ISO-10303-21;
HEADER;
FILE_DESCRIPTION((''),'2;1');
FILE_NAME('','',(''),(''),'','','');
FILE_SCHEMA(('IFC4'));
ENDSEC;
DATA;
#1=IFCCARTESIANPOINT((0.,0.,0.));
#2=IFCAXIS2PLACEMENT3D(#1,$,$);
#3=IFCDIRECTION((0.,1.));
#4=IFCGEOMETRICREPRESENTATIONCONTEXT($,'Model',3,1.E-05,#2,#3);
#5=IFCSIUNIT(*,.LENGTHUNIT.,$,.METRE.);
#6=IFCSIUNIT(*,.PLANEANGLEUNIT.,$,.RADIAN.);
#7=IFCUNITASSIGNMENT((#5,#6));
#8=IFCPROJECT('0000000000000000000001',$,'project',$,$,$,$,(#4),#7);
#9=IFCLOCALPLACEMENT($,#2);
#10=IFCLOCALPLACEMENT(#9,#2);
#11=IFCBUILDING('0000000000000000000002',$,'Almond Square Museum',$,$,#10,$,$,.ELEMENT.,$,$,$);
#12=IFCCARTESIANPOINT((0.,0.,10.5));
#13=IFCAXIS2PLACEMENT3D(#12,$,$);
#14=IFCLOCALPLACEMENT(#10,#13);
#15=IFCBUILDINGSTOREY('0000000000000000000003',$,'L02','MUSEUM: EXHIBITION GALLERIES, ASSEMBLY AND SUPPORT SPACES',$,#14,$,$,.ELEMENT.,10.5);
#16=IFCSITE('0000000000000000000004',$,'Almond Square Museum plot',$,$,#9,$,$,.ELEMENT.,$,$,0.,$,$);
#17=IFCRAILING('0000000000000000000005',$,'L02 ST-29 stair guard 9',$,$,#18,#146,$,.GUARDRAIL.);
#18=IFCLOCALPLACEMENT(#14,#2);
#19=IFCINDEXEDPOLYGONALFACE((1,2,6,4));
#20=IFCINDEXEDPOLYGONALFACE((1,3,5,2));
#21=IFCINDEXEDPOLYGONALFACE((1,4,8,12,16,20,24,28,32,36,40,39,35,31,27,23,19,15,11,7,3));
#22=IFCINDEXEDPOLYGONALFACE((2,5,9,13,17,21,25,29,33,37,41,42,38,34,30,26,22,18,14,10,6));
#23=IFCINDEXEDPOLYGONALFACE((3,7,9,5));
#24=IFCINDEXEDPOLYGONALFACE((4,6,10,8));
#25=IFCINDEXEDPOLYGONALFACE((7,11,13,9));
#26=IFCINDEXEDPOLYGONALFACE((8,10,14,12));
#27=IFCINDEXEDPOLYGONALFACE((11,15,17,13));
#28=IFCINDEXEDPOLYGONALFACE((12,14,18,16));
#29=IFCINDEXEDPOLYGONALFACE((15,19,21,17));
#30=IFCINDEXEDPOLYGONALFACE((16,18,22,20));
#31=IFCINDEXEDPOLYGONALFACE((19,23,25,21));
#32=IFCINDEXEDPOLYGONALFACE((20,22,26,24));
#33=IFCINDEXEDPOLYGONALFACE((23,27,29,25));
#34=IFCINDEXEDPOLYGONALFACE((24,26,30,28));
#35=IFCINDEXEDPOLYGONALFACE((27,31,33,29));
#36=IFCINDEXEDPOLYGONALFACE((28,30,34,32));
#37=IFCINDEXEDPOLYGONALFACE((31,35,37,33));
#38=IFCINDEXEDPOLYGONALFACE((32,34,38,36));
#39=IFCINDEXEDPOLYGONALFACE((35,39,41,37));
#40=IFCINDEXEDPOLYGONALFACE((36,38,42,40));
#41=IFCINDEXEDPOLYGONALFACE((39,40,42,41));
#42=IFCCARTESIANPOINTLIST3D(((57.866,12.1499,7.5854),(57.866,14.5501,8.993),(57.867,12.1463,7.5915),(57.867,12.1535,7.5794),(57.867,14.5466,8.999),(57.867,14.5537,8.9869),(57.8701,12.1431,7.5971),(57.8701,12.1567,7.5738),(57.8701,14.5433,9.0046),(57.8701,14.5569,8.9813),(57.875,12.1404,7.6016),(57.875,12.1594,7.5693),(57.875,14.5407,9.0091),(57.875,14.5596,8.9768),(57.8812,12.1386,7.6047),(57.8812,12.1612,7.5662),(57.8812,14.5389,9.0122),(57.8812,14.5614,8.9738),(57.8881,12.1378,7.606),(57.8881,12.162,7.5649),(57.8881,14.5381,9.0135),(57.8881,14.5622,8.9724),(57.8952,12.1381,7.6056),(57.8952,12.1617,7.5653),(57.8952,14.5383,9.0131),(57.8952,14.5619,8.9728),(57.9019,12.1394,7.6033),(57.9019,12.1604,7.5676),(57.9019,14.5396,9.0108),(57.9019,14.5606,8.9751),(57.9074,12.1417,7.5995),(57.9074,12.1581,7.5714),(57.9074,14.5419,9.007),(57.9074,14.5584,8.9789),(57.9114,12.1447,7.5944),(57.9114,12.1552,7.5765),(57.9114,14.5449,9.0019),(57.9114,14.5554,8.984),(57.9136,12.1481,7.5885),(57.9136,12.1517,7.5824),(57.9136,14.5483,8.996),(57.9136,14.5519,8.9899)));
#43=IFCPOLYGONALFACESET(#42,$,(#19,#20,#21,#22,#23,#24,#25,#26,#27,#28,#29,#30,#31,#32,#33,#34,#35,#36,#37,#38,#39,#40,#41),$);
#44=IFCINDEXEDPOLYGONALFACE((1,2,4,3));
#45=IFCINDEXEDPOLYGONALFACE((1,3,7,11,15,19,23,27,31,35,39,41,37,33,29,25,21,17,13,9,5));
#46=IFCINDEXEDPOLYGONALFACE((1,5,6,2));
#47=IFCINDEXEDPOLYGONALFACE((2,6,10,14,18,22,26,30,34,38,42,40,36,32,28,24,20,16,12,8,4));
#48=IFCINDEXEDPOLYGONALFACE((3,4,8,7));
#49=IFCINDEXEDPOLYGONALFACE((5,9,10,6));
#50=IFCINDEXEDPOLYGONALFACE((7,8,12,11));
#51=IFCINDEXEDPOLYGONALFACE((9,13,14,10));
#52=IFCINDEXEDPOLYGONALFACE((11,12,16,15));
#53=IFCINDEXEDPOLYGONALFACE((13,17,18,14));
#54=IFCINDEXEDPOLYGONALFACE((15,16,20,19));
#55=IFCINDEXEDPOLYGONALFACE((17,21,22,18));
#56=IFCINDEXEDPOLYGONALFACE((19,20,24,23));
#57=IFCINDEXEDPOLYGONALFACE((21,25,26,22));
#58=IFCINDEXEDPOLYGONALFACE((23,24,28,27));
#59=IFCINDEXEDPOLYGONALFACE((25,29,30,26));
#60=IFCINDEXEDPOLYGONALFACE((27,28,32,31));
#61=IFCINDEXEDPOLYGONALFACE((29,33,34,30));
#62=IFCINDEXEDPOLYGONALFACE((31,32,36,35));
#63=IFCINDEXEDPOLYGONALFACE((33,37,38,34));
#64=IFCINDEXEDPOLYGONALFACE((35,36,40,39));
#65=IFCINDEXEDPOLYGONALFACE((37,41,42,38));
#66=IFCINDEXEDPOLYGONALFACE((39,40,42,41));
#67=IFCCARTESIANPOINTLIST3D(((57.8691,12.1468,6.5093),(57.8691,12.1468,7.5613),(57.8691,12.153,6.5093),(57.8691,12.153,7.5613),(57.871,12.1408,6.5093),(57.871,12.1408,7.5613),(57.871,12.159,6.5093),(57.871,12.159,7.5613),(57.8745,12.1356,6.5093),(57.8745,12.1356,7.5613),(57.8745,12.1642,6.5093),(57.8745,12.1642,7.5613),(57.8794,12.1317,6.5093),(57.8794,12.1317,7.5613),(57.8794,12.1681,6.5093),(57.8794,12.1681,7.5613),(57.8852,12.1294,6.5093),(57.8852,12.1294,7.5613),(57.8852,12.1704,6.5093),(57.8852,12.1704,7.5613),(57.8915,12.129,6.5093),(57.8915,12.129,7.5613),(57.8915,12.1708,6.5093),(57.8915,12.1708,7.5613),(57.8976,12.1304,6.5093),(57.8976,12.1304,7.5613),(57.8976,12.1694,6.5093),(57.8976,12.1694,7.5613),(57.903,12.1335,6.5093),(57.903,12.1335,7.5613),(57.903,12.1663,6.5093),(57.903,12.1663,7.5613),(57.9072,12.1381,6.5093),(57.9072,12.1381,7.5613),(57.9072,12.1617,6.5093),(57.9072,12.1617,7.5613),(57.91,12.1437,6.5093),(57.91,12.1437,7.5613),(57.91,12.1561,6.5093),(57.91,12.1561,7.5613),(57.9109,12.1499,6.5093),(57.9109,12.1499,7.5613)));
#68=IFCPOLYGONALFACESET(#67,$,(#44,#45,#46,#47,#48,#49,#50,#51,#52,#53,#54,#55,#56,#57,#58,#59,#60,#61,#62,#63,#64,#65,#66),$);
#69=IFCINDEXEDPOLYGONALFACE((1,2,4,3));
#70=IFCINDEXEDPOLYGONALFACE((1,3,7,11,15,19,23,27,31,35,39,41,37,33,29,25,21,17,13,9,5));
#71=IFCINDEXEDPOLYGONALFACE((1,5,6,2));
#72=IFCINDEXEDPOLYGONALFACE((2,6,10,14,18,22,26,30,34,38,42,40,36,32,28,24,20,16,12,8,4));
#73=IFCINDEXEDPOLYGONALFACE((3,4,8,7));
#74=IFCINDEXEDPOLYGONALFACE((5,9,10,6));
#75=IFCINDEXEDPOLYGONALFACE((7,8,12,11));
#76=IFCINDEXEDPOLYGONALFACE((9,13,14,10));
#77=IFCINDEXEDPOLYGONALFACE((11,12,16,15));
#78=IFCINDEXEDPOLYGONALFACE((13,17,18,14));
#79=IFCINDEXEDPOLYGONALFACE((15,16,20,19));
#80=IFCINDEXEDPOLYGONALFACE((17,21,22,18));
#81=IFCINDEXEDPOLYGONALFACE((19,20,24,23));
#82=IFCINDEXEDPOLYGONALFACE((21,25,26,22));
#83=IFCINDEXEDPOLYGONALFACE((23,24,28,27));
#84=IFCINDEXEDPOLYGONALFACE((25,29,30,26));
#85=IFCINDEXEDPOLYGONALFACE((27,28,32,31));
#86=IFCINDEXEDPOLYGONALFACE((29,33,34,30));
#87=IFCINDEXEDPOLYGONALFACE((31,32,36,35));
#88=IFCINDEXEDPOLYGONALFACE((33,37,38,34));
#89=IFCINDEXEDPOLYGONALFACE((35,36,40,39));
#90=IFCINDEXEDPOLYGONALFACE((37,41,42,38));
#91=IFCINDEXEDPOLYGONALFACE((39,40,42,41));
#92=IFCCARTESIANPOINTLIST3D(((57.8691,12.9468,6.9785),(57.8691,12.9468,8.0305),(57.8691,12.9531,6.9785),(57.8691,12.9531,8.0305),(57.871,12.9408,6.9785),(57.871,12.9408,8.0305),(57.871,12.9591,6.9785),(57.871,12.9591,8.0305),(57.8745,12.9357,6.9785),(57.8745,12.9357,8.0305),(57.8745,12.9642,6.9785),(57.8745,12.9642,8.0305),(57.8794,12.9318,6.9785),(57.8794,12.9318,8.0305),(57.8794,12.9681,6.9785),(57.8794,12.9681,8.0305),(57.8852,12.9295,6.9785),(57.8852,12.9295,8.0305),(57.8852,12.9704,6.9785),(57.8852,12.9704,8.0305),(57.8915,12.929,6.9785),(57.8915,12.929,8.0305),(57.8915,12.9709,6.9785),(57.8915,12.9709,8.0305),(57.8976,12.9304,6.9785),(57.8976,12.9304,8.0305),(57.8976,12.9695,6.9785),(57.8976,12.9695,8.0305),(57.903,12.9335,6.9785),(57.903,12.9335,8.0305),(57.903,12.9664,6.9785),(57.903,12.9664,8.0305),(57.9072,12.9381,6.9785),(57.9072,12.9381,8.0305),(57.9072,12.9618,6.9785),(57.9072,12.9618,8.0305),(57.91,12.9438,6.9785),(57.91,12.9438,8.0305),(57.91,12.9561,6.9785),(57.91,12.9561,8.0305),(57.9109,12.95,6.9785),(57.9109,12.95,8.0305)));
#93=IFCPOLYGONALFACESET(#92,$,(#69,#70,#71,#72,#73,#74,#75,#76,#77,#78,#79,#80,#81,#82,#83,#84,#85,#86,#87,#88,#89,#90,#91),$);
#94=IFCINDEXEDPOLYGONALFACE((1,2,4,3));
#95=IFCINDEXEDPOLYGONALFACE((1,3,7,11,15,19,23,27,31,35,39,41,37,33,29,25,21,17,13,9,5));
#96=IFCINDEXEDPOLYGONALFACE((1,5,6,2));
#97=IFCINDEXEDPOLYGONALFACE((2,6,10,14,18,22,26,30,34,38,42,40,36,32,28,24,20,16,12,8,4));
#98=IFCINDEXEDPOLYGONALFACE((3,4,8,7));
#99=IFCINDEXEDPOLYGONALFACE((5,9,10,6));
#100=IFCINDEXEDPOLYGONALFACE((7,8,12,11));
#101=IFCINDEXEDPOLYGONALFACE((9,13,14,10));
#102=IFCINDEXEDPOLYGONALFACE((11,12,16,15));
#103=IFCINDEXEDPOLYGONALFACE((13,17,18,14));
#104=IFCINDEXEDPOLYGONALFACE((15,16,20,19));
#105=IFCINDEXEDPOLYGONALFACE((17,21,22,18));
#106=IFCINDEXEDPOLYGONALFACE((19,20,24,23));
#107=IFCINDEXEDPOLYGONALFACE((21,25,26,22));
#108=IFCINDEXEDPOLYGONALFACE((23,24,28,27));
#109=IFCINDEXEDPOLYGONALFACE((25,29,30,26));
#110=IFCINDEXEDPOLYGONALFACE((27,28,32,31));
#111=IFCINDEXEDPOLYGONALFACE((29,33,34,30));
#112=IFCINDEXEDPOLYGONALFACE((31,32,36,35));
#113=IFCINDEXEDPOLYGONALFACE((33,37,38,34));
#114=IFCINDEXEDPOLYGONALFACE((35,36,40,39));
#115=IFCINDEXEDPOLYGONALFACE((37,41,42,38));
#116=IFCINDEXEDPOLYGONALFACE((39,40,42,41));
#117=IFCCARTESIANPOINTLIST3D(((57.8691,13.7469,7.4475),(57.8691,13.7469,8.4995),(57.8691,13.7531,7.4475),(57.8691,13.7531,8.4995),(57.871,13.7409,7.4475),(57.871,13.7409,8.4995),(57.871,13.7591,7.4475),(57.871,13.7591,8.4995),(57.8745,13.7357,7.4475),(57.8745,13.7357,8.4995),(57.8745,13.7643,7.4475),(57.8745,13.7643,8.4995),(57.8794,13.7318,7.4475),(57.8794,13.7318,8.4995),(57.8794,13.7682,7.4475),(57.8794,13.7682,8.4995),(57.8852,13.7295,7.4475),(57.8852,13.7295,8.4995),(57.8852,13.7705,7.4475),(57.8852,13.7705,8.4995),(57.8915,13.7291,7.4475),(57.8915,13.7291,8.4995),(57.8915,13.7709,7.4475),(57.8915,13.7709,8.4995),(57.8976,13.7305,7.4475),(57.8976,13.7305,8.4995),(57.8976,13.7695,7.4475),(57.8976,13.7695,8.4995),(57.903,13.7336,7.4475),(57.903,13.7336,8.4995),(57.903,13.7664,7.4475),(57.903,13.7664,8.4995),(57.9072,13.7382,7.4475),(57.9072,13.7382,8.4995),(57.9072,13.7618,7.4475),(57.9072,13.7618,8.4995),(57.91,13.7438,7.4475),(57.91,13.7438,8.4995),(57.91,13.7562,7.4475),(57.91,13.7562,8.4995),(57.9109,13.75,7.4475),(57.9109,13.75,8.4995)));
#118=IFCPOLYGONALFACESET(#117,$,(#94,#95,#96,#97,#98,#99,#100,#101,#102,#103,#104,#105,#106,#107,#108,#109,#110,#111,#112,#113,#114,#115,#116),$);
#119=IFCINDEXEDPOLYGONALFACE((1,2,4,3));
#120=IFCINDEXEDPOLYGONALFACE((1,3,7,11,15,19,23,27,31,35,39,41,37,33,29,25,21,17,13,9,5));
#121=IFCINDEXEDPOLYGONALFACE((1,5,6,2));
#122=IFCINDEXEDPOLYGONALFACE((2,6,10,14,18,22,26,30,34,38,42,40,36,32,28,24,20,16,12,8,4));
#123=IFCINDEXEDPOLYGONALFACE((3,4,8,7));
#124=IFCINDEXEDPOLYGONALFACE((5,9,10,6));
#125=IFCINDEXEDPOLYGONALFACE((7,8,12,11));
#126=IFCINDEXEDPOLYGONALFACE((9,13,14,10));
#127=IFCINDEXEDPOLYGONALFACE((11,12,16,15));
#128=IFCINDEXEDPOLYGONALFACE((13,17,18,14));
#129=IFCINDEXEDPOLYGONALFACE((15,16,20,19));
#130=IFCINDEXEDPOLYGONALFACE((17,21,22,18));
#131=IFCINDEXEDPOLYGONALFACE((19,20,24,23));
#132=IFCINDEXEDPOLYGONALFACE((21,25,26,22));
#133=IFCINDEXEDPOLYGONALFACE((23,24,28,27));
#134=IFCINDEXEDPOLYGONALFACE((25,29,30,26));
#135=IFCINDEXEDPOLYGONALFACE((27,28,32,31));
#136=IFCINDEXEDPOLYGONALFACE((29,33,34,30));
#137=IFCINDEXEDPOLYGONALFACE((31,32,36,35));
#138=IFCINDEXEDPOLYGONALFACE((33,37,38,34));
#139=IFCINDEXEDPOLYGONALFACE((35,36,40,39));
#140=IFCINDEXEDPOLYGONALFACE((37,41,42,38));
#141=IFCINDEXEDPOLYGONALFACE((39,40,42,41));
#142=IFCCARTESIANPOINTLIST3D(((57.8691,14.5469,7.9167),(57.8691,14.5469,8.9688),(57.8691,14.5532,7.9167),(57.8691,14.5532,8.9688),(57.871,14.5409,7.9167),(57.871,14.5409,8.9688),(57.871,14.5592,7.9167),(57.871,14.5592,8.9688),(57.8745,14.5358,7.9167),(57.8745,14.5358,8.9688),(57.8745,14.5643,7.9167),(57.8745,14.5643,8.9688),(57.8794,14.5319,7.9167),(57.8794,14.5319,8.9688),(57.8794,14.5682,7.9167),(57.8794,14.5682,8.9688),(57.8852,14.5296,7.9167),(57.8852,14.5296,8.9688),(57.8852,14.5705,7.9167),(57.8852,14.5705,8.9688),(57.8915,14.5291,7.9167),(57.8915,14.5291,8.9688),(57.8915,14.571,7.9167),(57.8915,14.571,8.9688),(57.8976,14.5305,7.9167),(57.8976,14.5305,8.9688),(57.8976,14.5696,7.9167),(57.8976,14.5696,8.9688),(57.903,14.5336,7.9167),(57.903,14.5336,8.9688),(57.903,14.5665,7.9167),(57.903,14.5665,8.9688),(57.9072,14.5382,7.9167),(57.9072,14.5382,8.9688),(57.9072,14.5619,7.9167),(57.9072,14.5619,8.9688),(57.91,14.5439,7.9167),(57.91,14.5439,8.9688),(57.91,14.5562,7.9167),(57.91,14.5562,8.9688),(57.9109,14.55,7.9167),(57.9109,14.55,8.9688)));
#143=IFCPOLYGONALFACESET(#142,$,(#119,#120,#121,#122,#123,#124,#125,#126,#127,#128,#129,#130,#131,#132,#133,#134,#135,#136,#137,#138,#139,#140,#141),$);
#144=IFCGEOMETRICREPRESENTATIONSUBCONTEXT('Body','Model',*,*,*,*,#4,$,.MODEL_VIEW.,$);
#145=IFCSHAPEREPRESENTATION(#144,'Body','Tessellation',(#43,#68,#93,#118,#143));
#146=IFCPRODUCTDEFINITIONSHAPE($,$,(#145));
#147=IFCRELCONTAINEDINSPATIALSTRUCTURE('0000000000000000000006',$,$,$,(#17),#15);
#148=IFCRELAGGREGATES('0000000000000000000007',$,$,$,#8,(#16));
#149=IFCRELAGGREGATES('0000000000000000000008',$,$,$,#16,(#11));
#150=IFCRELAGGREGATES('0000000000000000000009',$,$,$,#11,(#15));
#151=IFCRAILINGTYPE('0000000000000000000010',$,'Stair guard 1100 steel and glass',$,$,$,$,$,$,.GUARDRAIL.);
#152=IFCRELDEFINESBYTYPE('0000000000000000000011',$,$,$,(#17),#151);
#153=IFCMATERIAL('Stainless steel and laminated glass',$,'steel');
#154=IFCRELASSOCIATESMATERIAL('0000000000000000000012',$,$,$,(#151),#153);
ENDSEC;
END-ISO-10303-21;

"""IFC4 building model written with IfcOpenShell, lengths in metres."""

from ifc_helpers import new_model, si_unit, direction, frame, origin, origin_2d, place, context, subcontext, project, spatial, circle, extrude, material, type_object, element, save


model = new_model("IFC4")

# Units and contexts
model_context = context("Model", 3, precision=1e-05, world=origin(), true_north=direction((0.0, 1.0)))
body_context = subcontext(model_context, "Body", "Model", "MODEL_VIEW")
ifc_project = project(units=[si_unit("LENGTHUNIT", "METRE"), si_unit("PLANEANGLEUNIT", "RADIAN")], contexts=[model_context])

# Site, building, storey
site_placement = place(None, origin())
site = spatial("IfcSite", under=ifc_project, at=site_placement, Name="Almond Square Museum plot", CompositionType="ELEMENT", RefElevation=0.0)
building_placement = place(site_placement, origin())
building = spatial("IfcBuilding", under=site, at=building_placement, Name="Almond Square Museum", CompositionType="ELEMENT")
storey_placement = place(building_placement, frame((0.0, 0.0, 10.5)))
storey = spatial("IfcBuildingStorey", under=building, at=storey_placement, Name="L02", Description="MUSEUM: EXHIBITION GALLERIES, ASSEMBLY AND SUPPORT SPACES", CompositionType="ELEMENT", Elevation=10.5)

# Railing
ifc_material_1 = material(Name="Stainless steel and laminated glass", Category="steel")
railing_type_1 = type_object("IfcRailingType", Name="Stair guard 1100 steel and glass", PredefinedType="GUARDRAIL", material=ifc_material_1)
railing_1_placement = place(storey_placement, frame((57.8899, 12.1499, 6.5093)))
element("IfcRailing", 1, at=railing_1_placement, inside=storey, type_object=railing_type_1, Name="L02 ST-29 stair guard 9", PredefinedType="GUARDRAIL", context=body_context, shape_type="SweptSolid", body=[
    extrude(circle(Radius=0.0239, at=origin_2d()), frame((0.0, 0.0, 1.0762), z_axis=(0.0, 0.862621, 0.50585), x_axis=(-1.0, 0.0, 0.0)), (0.0, 0.0, 1.0), 2.7825),
    extrude(circle(Radius=0.021, at=origin_2d()), origin(), (0.0, 0.0, 1.0), 1.052),
    extrude(circle(Radius=0.021, at=origin_2d()), frame((0.0, 0.8, 0.4692)), (0.0, 0.0, 1.0), 1.052),
    extrude(circle(Radius=0.021, at=origin_2d()), frame((0.0, 1.6001, 0.9382)), (0.0, 0.0, 1.0), 1.052),
    extrude(circle(Radius=0.021, at=origin_2d()), frame((0.0, 2.4001, 1.4075)), (0.0, 0.0, 1.0), 1.052),
])

save(model, "model.ifc")
